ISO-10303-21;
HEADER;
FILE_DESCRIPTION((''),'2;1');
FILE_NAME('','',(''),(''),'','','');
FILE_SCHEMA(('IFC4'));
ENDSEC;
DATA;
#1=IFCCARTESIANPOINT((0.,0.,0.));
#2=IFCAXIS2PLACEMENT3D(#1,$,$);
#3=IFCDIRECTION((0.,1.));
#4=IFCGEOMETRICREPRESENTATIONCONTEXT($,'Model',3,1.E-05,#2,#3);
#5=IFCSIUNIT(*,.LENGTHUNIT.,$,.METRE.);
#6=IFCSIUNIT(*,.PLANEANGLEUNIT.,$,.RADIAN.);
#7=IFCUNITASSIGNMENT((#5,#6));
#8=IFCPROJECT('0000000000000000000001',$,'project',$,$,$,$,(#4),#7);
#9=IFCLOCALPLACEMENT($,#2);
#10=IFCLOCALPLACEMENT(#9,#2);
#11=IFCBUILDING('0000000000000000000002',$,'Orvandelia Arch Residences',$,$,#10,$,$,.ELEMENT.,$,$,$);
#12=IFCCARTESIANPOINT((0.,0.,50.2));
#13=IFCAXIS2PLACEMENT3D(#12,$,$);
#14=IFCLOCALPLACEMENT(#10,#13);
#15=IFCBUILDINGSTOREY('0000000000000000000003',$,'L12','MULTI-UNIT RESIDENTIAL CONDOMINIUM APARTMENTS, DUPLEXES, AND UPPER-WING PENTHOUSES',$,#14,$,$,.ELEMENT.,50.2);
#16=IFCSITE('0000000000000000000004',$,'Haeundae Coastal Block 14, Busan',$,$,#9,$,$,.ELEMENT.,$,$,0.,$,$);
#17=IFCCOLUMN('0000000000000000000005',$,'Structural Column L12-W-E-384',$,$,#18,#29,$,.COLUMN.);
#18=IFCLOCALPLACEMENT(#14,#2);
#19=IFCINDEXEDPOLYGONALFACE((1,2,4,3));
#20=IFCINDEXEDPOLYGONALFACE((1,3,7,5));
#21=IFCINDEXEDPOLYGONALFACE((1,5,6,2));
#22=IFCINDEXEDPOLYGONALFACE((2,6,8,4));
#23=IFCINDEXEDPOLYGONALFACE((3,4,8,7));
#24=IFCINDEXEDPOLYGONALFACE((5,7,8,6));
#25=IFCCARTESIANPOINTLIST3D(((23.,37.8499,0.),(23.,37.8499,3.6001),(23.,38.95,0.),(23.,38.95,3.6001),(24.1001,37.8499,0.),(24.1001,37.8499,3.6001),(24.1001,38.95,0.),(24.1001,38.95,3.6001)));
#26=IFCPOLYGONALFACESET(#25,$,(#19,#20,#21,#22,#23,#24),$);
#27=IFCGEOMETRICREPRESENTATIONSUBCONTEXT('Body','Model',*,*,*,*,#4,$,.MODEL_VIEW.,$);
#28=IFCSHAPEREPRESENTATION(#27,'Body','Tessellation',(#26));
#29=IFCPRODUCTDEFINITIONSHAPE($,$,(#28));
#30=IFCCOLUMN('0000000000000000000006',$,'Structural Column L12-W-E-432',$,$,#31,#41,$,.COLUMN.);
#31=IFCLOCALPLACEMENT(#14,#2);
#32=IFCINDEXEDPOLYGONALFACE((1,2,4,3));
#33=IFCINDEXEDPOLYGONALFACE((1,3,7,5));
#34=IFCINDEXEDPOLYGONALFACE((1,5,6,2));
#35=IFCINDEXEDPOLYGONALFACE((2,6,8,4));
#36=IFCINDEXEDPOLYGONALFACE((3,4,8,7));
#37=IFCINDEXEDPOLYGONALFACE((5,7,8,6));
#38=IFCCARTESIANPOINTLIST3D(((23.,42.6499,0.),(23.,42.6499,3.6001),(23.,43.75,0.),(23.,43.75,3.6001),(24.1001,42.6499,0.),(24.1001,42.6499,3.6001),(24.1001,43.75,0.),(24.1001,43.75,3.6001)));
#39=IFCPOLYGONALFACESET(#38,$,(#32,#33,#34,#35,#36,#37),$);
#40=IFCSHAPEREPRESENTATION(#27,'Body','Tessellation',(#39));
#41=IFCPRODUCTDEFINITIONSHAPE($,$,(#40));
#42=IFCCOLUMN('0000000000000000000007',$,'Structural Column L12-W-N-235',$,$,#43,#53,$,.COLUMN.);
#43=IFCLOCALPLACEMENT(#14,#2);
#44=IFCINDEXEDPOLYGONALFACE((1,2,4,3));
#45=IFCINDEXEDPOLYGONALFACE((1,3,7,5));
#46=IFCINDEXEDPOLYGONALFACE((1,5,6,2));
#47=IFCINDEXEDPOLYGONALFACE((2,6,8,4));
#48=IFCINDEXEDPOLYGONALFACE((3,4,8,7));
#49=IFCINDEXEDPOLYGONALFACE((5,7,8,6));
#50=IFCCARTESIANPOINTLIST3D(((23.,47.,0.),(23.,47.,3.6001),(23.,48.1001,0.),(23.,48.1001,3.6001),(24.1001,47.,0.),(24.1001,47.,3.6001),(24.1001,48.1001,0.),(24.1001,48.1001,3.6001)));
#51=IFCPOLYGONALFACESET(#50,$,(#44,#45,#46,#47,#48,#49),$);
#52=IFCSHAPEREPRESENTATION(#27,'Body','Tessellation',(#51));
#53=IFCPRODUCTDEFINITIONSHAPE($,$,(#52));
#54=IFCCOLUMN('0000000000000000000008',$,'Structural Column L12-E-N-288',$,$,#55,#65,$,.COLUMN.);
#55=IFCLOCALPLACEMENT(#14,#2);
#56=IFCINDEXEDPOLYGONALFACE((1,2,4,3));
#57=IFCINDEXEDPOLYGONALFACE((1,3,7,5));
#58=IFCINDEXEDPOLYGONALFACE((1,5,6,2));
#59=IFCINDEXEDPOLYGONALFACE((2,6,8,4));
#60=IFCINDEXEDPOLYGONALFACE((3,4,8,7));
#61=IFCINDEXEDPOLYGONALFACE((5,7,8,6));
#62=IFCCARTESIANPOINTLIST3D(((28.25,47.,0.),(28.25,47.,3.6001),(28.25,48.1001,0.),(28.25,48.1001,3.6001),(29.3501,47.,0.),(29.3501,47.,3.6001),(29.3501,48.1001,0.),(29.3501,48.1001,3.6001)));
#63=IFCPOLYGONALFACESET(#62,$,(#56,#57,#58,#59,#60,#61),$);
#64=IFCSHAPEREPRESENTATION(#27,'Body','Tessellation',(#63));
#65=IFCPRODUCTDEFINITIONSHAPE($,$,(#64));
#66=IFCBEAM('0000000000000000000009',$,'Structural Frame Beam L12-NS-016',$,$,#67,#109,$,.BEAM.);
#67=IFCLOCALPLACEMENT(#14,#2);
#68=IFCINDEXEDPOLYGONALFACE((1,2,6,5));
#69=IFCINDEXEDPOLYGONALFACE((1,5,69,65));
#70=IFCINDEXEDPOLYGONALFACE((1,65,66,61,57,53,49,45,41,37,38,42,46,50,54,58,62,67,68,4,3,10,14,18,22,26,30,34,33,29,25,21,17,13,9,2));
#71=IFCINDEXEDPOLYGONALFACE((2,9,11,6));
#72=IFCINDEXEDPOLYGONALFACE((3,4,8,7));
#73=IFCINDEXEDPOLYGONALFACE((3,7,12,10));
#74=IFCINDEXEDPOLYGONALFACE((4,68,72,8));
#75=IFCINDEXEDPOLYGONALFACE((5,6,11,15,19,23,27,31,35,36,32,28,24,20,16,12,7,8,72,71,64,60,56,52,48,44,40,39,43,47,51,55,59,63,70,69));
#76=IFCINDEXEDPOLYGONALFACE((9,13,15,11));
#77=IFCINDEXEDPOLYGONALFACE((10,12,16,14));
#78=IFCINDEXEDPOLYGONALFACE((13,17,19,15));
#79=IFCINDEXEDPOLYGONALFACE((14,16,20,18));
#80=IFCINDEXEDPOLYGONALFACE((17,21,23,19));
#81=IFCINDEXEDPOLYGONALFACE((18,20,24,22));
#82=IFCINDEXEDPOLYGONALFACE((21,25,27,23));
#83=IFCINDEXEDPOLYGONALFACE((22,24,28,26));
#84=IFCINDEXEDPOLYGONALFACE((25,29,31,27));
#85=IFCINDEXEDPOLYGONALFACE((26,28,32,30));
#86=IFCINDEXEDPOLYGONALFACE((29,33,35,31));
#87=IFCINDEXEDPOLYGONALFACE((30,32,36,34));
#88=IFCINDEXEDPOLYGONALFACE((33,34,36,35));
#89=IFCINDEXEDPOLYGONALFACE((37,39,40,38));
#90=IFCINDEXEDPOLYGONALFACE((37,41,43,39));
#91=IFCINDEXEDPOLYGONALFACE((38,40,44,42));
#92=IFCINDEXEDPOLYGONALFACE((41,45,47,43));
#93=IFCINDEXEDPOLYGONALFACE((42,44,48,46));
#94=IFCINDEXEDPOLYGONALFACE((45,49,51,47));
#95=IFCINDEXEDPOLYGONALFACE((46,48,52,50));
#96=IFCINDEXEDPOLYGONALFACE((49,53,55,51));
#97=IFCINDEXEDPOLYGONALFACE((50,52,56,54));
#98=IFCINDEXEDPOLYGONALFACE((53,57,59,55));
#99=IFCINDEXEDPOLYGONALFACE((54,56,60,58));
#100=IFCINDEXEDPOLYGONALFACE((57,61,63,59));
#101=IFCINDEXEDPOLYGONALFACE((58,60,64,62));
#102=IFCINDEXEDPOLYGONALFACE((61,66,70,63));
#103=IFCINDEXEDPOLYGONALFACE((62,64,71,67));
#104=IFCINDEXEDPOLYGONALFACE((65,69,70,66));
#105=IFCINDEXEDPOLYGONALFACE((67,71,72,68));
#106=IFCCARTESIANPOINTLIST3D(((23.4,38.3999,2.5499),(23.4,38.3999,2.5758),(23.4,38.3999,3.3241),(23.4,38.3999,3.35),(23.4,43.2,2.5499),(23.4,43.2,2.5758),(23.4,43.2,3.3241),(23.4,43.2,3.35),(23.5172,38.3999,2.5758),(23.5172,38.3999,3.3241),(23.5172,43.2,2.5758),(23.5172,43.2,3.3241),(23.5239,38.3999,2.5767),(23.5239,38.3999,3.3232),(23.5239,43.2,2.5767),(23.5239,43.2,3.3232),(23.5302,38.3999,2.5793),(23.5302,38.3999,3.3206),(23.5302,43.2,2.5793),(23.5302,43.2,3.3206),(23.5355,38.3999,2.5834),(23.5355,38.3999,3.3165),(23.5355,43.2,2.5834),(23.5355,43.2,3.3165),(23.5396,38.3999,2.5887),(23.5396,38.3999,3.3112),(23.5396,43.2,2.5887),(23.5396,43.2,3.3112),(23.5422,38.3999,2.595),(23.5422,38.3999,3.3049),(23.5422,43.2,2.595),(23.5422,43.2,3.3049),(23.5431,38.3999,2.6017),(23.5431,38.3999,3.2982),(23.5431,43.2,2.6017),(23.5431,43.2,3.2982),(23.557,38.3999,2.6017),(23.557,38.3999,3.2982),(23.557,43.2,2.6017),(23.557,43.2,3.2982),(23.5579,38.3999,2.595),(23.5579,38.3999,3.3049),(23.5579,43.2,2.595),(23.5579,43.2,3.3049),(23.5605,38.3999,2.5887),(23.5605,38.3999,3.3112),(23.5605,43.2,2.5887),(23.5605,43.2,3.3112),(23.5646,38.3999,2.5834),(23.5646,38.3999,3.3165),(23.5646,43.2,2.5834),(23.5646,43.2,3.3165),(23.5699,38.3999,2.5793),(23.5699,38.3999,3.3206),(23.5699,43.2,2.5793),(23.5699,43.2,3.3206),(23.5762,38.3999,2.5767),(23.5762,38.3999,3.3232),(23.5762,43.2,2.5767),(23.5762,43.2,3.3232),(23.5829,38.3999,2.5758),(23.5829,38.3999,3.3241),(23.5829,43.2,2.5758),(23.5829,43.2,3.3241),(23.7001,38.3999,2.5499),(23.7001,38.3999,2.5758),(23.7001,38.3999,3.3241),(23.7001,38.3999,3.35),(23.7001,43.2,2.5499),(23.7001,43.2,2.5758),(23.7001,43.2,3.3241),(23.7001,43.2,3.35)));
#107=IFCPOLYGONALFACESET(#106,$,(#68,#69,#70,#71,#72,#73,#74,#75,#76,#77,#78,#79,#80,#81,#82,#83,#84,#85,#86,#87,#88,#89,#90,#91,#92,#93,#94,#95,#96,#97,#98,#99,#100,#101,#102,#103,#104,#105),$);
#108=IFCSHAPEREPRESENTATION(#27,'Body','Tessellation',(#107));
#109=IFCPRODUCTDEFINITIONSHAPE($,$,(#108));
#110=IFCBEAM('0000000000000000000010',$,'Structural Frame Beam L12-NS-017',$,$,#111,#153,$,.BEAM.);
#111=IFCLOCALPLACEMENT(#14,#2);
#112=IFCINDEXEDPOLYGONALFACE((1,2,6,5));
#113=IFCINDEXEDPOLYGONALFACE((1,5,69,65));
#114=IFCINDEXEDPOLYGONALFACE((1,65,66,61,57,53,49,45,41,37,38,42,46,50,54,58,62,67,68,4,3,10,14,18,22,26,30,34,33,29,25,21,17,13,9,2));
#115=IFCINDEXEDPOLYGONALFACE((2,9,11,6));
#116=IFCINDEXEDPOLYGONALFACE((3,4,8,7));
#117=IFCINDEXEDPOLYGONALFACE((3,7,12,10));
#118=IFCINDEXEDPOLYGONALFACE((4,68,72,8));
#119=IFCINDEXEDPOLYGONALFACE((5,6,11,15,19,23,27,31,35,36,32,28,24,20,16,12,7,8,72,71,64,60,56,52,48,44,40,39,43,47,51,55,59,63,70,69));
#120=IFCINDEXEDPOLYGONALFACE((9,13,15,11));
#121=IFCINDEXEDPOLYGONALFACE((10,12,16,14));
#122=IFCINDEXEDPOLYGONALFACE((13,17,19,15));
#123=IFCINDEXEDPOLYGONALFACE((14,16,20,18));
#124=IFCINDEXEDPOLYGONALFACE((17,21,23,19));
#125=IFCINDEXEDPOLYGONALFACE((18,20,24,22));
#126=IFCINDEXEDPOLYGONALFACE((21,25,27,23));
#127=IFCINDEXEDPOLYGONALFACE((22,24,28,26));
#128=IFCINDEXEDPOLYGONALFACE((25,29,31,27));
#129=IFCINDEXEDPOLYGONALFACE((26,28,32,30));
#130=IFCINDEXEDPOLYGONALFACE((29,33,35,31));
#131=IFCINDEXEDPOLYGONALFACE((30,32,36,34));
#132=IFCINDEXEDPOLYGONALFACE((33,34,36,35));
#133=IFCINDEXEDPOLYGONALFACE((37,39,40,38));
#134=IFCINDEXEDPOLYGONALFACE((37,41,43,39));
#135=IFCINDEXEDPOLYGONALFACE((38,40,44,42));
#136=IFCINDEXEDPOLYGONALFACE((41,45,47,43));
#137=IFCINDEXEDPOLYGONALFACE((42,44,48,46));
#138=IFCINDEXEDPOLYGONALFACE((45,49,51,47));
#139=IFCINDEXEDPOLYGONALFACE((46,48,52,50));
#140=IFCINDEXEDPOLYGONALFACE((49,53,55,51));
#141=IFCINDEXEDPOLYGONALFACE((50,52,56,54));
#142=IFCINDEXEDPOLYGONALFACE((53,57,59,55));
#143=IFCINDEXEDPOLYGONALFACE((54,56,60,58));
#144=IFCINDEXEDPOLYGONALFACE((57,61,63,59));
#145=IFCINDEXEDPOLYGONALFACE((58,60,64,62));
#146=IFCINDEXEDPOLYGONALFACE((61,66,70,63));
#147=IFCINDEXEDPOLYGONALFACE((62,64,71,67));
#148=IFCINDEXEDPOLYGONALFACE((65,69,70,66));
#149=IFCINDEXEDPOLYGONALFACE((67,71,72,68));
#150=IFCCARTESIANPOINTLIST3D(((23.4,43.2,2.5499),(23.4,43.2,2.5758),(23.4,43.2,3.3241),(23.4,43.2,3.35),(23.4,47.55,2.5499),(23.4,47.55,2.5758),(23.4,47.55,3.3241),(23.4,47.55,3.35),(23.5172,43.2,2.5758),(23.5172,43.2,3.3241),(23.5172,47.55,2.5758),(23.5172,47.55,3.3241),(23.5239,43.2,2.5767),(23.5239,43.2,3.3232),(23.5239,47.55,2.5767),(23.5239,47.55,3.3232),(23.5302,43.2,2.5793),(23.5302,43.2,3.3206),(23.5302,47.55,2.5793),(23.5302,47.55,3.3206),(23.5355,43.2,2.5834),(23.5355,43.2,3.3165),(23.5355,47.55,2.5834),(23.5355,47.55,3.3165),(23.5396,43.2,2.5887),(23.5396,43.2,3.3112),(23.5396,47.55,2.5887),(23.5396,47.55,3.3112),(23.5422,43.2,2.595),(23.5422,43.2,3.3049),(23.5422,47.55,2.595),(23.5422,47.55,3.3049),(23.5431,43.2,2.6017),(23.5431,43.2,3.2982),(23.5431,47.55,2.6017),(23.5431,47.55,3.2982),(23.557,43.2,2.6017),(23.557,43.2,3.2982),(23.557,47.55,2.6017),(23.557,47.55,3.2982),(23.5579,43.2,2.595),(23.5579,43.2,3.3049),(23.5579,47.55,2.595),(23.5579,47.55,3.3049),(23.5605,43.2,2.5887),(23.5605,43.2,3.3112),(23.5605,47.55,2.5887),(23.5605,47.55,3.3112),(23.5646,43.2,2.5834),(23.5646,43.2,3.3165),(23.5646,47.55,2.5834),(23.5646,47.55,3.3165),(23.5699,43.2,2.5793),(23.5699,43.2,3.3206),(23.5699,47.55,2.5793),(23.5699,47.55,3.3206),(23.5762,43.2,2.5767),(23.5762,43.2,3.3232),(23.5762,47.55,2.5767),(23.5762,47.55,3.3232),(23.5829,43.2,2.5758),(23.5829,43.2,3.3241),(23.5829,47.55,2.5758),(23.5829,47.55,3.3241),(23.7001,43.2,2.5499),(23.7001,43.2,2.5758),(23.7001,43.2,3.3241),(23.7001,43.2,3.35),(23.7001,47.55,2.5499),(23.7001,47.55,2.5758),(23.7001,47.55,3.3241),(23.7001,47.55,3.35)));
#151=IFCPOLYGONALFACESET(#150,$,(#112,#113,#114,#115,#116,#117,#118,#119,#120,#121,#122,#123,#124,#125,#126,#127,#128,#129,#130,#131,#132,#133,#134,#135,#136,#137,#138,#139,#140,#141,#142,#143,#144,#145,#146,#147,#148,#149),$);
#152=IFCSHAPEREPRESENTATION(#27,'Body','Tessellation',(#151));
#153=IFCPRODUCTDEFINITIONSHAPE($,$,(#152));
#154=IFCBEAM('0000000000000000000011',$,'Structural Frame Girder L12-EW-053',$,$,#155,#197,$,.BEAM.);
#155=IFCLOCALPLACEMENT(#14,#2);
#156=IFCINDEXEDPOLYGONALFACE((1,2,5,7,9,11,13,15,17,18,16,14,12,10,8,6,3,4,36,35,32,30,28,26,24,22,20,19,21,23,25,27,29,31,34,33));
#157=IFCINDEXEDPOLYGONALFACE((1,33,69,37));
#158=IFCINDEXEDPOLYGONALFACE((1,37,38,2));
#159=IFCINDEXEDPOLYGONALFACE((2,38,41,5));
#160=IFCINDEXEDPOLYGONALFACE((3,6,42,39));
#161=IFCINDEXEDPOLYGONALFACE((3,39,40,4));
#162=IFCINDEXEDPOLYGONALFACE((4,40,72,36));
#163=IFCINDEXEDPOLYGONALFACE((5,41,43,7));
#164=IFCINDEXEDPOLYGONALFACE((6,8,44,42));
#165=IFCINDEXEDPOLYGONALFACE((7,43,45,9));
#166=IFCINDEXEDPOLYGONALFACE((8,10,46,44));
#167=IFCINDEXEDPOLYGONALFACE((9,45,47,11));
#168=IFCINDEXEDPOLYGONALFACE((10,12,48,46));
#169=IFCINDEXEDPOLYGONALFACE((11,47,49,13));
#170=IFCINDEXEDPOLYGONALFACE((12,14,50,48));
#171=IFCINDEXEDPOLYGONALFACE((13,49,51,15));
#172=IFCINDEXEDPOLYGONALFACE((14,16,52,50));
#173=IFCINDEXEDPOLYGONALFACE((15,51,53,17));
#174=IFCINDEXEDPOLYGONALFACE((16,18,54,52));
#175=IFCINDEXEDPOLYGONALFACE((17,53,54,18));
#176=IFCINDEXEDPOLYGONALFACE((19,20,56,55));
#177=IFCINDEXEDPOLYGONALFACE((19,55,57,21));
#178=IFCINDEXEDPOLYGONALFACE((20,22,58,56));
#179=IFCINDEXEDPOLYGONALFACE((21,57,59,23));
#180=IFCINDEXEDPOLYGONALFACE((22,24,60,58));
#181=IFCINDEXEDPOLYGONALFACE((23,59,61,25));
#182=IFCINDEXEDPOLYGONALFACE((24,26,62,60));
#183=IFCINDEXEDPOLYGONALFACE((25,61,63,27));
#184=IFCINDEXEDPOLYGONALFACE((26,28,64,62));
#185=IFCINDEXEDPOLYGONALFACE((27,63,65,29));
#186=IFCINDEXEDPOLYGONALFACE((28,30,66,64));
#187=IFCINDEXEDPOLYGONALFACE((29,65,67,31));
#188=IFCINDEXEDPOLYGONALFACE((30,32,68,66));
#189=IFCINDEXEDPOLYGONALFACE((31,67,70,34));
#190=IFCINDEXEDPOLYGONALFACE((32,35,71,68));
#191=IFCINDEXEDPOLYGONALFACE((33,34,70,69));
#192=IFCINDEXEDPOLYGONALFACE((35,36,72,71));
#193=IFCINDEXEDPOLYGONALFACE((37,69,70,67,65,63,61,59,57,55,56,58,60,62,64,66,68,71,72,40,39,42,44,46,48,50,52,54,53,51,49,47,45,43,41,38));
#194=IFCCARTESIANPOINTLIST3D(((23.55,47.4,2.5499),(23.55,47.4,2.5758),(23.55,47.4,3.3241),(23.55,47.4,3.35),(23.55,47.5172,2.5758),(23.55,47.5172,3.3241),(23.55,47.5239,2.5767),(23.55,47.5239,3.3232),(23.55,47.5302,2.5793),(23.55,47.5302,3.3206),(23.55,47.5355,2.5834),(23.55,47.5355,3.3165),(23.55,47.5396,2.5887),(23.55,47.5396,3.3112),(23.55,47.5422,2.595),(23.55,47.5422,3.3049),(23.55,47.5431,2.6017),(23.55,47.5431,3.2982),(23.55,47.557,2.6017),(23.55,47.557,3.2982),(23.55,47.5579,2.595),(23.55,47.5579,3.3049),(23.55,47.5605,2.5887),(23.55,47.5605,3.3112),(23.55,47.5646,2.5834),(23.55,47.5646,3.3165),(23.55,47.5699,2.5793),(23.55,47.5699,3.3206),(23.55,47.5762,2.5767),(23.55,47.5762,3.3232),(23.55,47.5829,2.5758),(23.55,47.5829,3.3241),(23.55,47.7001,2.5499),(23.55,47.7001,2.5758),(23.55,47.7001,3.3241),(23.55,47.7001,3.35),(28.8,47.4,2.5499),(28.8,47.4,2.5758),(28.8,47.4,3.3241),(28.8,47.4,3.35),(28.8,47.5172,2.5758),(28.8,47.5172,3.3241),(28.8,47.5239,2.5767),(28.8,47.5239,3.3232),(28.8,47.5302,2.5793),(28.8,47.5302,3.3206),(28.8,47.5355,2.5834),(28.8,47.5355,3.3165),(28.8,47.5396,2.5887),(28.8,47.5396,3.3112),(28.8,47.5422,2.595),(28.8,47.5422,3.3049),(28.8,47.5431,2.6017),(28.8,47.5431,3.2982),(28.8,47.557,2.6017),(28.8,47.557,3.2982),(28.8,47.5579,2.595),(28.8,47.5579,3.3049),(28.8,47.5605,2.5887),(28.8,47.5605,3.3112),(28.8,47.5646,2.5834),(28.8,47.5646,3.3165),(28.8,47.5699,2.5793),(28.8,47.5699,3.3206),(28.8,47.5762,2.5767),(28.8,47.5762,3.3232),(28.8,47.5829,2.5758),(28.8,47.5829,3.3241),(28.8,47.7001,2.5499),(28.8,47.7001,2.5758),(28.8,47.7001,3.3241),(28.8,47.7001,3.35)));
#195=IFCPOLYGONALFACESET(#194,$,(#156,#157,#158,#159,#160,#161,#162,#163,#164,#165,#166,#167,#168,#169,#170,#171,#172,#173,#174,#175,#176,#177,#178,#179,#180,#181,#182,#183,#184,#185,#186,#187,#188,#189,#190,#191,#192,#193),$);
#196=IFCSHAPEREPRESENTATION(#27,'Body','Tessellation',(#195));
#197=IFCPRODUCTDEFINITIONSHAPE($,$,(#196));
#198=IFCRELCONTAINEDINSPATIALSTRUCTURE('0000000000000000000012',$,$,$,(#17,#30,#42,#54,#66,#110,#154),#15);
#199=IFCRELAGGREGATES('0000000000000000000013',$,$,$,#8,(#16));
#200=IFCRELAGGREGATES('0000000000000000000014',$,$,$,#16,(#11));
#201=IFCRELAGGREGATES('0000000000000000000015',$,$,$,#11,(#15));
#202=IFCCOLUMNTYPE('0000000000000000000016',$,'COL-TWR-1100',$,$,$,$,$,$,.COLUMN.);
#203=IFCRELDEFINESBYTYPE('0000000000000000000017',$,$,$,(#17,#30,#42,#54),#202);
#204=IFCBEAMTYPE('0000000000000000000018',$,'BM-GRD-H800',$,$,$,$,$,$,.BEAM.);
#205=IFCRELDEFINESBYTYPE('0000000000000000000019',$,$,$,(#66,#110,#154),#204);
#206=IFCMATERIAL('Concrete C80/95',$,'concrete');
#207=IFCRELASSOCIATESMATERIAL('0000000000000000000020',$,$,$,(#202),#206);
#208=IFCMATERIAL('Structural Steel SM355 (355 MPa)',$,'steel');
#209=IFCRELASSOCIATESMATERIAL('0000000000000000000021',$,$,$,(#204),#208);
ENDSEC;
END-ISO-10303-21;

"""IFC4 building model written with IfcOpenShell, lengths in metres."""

from ifc_helpers import new_model, si_unit, direction, frame, origin, origin_2d, place, context, subcontext, project, spatial, rectangle, i_section, extrude, material, material_profile, profile_set, type_object, element, save


model = new_model("IFC4")

# Units and contexts
model_context = context("Model", 3, precision=1e-05, world=origin(), true_north=direction((0.0, 1.0)))
body_context = subcontext(model_context, "Body", "Model", "MODEL_VIEW")
ifc_project = project(units=[si_unit("LENGTHUNIT", "METRE"), si_unit("PLANEANGLEUNIT", "RADIAN")], contexts=[model_context])

# Site, building, storey
site_placement = place(None, origin())
site = spatial("IfcSite", under=ifc_project, at=site_placement, Name="Haeundae Coastal Block 14, Busan", CompositionType="ELEMENT", RefElevation=0.0)
building_placement = place(site_placement, origin())
building = spatial("IfcBuilding", under=site, at=building_placement, Name="Orvandelia Arch Residences", CompositionType="ELEMENT")
storey_placement = place(building_placement, frame((0.0, 0.0, 50.2)))
storey = spatial("IfcBuildingStorey", under=building, at=storey_placement, Name="L12", Description="MULTI-UNIT RESIDENTIAL CONDOMINIUM APARTMENTS, DUPLEXES, AND UPPER-WING PENTHOUSES", CompositionType="ELEMENT", Elevation=50.2)

# Columns
ifc_material_1 = material(Name="Concrete C80/95", Category="concrete")
ifc_material_profile_1 = material_profile(ifc_material_1, rectangle(XDim=1.1001, YDim=1.1001, at=origin_2d()), Name="Concrete C80/95", Category="concrete")
ifc_profile_set_1 = profile_set([ifc_material_profile_1], Name="Concrete C80/95")
column_type = type_object("IfcColumnType", Name="COL-TWR-1100", PredefinedType="COLUMN", material=ifc_profile_set_1)
for number, where, z_axis, x_axis, name in (
    (1, (23.55, 38.3999, 0.0), (0.0, 0.0, 1.0), (1.0, 0.0, 0.0), "Structural Column L12-W-E-384"),
    (2, (23.55, 43.2, 0.0), (0.0, 0.0, 1.0), (1.0, 0.0, 0.0), "Structural Column L12-W-E-432"),
    (3, (23.55, 47.55, 0.0), (0.0, 0.0, 1.0), (1.0, 0.0, 0.0), "Structural Column L12-W-N-235"),
    (4, (28.8, 47.55, 0.0), (0.0, 0.0, 1.0), (1.0, 0.0, 0.0), "Structural Column L12-E-N-288"),
):
    element("IfcColumn", number, at=place(storey_placement, frame(where, z_axis=z_axis, x_axis=x_axis)), inside=storey, type_object=column_type, Name=name, PredefinedType="COLUMN", context=body_context, shape_type="SweptSolid", body=[
        extrude(rectangle(XDim=1.1001, YDim=1.1001, at=origin_2d()), origin(), (0.0, 0.0, 1.0), 3.6001),
    ])

# Beams
ifc_material_2 = material(Name="Structural Steel SM355 (355 MPa)", Category="steel")
ifc_material_profile_2 = material_profile(ifc_material_2, i_section(OverallWidth=0.3, OverallDepth=0.8, WebThickness=0.0139, FlangeThickness=0.0259, FilletRadius=0.0259, at=origin_2d()), Name="Structural Steel SM355 (355 MPa)", Category="steel")
ifc_profile_set_2 = profile_set([ifc_material_profile_2], Name="Structural Steel SM355 (355 MPa)")
beam_type = type_object("IfcBeamType", Name="BM-GRD-H800", PredefinedType="BEAM", material=ifc_profile_set_2)
beam_1_placement = place(storey_placement, frame((23.55, 38.3999, 2.95), z_axis=(0.0, 1.0, 0.0), x_axis=(-1.0, 0.0, 0.0)))
element("IfcBeam", 5, at=beam_1_placement, inside=storey, type_object=beam_type, Name="Structural Frame Beam L12-NS-016", PredefinedType="BEAM", context=body_context, shape_type="SweptSolid", body=[
    extrude(i_section(OverallWidth=0.3, OverallDepth=0.8, WebThickness=0.0139, FlangeThickness=0.0259, FilletRadius=0.0259, at=origin_2d()), origin(), (0.0, 0.0, 1.0), 4.8),
])
beam_2_placement = place(storey_placement, frame((23.55, 43.2, 2.95), z_axis=(0.0, 1.0, 0.0), x_axis=(-1.0, 0.0, 0.0)))
element("IfcBeam", 6, at=beam_2_placement, inside=storey, type_object=beam_type, Name="Structural Frame Beam L12-NS-017", PredefinedType="BEAM", context=body_context, shape_type="SweptSolid", body=[
    extrude(i_section(OverallWidth=0.3, OverallDepth=0.8, WebThickness=0.0139, FlangeThickness=0.0259, FilletRadius=0.0259, at=origin_2d()), origin(), (0.0, 0.0, 1.0), 4.3501),
])
beam_3_placement = place(storey_placement, frame((23.55, 47.55, 2.95), z_axis=(1.0, 0.0, 0.0), x_axis=(0.0, 1.0, 0.0)))
element("IfcBeam", 7, at=beam_3_placement, inside=storey, type_object=beam_type, Name="Structural Frame Girder L12-EW-053", PredefinedType="BEAM", context=body_context, shape_type="SweptSolid", body=[
    extrude(i_section(OverallWidth=0.3, OverallDepth=0.8, WebThickness=0.0139, FlangeThickness=0.0259, FilletRadius=0.0259, at=origin_2d()), origin(), (0.0, 0.0, 1.0), 5.25),
])

save(model, "model.ifc")
